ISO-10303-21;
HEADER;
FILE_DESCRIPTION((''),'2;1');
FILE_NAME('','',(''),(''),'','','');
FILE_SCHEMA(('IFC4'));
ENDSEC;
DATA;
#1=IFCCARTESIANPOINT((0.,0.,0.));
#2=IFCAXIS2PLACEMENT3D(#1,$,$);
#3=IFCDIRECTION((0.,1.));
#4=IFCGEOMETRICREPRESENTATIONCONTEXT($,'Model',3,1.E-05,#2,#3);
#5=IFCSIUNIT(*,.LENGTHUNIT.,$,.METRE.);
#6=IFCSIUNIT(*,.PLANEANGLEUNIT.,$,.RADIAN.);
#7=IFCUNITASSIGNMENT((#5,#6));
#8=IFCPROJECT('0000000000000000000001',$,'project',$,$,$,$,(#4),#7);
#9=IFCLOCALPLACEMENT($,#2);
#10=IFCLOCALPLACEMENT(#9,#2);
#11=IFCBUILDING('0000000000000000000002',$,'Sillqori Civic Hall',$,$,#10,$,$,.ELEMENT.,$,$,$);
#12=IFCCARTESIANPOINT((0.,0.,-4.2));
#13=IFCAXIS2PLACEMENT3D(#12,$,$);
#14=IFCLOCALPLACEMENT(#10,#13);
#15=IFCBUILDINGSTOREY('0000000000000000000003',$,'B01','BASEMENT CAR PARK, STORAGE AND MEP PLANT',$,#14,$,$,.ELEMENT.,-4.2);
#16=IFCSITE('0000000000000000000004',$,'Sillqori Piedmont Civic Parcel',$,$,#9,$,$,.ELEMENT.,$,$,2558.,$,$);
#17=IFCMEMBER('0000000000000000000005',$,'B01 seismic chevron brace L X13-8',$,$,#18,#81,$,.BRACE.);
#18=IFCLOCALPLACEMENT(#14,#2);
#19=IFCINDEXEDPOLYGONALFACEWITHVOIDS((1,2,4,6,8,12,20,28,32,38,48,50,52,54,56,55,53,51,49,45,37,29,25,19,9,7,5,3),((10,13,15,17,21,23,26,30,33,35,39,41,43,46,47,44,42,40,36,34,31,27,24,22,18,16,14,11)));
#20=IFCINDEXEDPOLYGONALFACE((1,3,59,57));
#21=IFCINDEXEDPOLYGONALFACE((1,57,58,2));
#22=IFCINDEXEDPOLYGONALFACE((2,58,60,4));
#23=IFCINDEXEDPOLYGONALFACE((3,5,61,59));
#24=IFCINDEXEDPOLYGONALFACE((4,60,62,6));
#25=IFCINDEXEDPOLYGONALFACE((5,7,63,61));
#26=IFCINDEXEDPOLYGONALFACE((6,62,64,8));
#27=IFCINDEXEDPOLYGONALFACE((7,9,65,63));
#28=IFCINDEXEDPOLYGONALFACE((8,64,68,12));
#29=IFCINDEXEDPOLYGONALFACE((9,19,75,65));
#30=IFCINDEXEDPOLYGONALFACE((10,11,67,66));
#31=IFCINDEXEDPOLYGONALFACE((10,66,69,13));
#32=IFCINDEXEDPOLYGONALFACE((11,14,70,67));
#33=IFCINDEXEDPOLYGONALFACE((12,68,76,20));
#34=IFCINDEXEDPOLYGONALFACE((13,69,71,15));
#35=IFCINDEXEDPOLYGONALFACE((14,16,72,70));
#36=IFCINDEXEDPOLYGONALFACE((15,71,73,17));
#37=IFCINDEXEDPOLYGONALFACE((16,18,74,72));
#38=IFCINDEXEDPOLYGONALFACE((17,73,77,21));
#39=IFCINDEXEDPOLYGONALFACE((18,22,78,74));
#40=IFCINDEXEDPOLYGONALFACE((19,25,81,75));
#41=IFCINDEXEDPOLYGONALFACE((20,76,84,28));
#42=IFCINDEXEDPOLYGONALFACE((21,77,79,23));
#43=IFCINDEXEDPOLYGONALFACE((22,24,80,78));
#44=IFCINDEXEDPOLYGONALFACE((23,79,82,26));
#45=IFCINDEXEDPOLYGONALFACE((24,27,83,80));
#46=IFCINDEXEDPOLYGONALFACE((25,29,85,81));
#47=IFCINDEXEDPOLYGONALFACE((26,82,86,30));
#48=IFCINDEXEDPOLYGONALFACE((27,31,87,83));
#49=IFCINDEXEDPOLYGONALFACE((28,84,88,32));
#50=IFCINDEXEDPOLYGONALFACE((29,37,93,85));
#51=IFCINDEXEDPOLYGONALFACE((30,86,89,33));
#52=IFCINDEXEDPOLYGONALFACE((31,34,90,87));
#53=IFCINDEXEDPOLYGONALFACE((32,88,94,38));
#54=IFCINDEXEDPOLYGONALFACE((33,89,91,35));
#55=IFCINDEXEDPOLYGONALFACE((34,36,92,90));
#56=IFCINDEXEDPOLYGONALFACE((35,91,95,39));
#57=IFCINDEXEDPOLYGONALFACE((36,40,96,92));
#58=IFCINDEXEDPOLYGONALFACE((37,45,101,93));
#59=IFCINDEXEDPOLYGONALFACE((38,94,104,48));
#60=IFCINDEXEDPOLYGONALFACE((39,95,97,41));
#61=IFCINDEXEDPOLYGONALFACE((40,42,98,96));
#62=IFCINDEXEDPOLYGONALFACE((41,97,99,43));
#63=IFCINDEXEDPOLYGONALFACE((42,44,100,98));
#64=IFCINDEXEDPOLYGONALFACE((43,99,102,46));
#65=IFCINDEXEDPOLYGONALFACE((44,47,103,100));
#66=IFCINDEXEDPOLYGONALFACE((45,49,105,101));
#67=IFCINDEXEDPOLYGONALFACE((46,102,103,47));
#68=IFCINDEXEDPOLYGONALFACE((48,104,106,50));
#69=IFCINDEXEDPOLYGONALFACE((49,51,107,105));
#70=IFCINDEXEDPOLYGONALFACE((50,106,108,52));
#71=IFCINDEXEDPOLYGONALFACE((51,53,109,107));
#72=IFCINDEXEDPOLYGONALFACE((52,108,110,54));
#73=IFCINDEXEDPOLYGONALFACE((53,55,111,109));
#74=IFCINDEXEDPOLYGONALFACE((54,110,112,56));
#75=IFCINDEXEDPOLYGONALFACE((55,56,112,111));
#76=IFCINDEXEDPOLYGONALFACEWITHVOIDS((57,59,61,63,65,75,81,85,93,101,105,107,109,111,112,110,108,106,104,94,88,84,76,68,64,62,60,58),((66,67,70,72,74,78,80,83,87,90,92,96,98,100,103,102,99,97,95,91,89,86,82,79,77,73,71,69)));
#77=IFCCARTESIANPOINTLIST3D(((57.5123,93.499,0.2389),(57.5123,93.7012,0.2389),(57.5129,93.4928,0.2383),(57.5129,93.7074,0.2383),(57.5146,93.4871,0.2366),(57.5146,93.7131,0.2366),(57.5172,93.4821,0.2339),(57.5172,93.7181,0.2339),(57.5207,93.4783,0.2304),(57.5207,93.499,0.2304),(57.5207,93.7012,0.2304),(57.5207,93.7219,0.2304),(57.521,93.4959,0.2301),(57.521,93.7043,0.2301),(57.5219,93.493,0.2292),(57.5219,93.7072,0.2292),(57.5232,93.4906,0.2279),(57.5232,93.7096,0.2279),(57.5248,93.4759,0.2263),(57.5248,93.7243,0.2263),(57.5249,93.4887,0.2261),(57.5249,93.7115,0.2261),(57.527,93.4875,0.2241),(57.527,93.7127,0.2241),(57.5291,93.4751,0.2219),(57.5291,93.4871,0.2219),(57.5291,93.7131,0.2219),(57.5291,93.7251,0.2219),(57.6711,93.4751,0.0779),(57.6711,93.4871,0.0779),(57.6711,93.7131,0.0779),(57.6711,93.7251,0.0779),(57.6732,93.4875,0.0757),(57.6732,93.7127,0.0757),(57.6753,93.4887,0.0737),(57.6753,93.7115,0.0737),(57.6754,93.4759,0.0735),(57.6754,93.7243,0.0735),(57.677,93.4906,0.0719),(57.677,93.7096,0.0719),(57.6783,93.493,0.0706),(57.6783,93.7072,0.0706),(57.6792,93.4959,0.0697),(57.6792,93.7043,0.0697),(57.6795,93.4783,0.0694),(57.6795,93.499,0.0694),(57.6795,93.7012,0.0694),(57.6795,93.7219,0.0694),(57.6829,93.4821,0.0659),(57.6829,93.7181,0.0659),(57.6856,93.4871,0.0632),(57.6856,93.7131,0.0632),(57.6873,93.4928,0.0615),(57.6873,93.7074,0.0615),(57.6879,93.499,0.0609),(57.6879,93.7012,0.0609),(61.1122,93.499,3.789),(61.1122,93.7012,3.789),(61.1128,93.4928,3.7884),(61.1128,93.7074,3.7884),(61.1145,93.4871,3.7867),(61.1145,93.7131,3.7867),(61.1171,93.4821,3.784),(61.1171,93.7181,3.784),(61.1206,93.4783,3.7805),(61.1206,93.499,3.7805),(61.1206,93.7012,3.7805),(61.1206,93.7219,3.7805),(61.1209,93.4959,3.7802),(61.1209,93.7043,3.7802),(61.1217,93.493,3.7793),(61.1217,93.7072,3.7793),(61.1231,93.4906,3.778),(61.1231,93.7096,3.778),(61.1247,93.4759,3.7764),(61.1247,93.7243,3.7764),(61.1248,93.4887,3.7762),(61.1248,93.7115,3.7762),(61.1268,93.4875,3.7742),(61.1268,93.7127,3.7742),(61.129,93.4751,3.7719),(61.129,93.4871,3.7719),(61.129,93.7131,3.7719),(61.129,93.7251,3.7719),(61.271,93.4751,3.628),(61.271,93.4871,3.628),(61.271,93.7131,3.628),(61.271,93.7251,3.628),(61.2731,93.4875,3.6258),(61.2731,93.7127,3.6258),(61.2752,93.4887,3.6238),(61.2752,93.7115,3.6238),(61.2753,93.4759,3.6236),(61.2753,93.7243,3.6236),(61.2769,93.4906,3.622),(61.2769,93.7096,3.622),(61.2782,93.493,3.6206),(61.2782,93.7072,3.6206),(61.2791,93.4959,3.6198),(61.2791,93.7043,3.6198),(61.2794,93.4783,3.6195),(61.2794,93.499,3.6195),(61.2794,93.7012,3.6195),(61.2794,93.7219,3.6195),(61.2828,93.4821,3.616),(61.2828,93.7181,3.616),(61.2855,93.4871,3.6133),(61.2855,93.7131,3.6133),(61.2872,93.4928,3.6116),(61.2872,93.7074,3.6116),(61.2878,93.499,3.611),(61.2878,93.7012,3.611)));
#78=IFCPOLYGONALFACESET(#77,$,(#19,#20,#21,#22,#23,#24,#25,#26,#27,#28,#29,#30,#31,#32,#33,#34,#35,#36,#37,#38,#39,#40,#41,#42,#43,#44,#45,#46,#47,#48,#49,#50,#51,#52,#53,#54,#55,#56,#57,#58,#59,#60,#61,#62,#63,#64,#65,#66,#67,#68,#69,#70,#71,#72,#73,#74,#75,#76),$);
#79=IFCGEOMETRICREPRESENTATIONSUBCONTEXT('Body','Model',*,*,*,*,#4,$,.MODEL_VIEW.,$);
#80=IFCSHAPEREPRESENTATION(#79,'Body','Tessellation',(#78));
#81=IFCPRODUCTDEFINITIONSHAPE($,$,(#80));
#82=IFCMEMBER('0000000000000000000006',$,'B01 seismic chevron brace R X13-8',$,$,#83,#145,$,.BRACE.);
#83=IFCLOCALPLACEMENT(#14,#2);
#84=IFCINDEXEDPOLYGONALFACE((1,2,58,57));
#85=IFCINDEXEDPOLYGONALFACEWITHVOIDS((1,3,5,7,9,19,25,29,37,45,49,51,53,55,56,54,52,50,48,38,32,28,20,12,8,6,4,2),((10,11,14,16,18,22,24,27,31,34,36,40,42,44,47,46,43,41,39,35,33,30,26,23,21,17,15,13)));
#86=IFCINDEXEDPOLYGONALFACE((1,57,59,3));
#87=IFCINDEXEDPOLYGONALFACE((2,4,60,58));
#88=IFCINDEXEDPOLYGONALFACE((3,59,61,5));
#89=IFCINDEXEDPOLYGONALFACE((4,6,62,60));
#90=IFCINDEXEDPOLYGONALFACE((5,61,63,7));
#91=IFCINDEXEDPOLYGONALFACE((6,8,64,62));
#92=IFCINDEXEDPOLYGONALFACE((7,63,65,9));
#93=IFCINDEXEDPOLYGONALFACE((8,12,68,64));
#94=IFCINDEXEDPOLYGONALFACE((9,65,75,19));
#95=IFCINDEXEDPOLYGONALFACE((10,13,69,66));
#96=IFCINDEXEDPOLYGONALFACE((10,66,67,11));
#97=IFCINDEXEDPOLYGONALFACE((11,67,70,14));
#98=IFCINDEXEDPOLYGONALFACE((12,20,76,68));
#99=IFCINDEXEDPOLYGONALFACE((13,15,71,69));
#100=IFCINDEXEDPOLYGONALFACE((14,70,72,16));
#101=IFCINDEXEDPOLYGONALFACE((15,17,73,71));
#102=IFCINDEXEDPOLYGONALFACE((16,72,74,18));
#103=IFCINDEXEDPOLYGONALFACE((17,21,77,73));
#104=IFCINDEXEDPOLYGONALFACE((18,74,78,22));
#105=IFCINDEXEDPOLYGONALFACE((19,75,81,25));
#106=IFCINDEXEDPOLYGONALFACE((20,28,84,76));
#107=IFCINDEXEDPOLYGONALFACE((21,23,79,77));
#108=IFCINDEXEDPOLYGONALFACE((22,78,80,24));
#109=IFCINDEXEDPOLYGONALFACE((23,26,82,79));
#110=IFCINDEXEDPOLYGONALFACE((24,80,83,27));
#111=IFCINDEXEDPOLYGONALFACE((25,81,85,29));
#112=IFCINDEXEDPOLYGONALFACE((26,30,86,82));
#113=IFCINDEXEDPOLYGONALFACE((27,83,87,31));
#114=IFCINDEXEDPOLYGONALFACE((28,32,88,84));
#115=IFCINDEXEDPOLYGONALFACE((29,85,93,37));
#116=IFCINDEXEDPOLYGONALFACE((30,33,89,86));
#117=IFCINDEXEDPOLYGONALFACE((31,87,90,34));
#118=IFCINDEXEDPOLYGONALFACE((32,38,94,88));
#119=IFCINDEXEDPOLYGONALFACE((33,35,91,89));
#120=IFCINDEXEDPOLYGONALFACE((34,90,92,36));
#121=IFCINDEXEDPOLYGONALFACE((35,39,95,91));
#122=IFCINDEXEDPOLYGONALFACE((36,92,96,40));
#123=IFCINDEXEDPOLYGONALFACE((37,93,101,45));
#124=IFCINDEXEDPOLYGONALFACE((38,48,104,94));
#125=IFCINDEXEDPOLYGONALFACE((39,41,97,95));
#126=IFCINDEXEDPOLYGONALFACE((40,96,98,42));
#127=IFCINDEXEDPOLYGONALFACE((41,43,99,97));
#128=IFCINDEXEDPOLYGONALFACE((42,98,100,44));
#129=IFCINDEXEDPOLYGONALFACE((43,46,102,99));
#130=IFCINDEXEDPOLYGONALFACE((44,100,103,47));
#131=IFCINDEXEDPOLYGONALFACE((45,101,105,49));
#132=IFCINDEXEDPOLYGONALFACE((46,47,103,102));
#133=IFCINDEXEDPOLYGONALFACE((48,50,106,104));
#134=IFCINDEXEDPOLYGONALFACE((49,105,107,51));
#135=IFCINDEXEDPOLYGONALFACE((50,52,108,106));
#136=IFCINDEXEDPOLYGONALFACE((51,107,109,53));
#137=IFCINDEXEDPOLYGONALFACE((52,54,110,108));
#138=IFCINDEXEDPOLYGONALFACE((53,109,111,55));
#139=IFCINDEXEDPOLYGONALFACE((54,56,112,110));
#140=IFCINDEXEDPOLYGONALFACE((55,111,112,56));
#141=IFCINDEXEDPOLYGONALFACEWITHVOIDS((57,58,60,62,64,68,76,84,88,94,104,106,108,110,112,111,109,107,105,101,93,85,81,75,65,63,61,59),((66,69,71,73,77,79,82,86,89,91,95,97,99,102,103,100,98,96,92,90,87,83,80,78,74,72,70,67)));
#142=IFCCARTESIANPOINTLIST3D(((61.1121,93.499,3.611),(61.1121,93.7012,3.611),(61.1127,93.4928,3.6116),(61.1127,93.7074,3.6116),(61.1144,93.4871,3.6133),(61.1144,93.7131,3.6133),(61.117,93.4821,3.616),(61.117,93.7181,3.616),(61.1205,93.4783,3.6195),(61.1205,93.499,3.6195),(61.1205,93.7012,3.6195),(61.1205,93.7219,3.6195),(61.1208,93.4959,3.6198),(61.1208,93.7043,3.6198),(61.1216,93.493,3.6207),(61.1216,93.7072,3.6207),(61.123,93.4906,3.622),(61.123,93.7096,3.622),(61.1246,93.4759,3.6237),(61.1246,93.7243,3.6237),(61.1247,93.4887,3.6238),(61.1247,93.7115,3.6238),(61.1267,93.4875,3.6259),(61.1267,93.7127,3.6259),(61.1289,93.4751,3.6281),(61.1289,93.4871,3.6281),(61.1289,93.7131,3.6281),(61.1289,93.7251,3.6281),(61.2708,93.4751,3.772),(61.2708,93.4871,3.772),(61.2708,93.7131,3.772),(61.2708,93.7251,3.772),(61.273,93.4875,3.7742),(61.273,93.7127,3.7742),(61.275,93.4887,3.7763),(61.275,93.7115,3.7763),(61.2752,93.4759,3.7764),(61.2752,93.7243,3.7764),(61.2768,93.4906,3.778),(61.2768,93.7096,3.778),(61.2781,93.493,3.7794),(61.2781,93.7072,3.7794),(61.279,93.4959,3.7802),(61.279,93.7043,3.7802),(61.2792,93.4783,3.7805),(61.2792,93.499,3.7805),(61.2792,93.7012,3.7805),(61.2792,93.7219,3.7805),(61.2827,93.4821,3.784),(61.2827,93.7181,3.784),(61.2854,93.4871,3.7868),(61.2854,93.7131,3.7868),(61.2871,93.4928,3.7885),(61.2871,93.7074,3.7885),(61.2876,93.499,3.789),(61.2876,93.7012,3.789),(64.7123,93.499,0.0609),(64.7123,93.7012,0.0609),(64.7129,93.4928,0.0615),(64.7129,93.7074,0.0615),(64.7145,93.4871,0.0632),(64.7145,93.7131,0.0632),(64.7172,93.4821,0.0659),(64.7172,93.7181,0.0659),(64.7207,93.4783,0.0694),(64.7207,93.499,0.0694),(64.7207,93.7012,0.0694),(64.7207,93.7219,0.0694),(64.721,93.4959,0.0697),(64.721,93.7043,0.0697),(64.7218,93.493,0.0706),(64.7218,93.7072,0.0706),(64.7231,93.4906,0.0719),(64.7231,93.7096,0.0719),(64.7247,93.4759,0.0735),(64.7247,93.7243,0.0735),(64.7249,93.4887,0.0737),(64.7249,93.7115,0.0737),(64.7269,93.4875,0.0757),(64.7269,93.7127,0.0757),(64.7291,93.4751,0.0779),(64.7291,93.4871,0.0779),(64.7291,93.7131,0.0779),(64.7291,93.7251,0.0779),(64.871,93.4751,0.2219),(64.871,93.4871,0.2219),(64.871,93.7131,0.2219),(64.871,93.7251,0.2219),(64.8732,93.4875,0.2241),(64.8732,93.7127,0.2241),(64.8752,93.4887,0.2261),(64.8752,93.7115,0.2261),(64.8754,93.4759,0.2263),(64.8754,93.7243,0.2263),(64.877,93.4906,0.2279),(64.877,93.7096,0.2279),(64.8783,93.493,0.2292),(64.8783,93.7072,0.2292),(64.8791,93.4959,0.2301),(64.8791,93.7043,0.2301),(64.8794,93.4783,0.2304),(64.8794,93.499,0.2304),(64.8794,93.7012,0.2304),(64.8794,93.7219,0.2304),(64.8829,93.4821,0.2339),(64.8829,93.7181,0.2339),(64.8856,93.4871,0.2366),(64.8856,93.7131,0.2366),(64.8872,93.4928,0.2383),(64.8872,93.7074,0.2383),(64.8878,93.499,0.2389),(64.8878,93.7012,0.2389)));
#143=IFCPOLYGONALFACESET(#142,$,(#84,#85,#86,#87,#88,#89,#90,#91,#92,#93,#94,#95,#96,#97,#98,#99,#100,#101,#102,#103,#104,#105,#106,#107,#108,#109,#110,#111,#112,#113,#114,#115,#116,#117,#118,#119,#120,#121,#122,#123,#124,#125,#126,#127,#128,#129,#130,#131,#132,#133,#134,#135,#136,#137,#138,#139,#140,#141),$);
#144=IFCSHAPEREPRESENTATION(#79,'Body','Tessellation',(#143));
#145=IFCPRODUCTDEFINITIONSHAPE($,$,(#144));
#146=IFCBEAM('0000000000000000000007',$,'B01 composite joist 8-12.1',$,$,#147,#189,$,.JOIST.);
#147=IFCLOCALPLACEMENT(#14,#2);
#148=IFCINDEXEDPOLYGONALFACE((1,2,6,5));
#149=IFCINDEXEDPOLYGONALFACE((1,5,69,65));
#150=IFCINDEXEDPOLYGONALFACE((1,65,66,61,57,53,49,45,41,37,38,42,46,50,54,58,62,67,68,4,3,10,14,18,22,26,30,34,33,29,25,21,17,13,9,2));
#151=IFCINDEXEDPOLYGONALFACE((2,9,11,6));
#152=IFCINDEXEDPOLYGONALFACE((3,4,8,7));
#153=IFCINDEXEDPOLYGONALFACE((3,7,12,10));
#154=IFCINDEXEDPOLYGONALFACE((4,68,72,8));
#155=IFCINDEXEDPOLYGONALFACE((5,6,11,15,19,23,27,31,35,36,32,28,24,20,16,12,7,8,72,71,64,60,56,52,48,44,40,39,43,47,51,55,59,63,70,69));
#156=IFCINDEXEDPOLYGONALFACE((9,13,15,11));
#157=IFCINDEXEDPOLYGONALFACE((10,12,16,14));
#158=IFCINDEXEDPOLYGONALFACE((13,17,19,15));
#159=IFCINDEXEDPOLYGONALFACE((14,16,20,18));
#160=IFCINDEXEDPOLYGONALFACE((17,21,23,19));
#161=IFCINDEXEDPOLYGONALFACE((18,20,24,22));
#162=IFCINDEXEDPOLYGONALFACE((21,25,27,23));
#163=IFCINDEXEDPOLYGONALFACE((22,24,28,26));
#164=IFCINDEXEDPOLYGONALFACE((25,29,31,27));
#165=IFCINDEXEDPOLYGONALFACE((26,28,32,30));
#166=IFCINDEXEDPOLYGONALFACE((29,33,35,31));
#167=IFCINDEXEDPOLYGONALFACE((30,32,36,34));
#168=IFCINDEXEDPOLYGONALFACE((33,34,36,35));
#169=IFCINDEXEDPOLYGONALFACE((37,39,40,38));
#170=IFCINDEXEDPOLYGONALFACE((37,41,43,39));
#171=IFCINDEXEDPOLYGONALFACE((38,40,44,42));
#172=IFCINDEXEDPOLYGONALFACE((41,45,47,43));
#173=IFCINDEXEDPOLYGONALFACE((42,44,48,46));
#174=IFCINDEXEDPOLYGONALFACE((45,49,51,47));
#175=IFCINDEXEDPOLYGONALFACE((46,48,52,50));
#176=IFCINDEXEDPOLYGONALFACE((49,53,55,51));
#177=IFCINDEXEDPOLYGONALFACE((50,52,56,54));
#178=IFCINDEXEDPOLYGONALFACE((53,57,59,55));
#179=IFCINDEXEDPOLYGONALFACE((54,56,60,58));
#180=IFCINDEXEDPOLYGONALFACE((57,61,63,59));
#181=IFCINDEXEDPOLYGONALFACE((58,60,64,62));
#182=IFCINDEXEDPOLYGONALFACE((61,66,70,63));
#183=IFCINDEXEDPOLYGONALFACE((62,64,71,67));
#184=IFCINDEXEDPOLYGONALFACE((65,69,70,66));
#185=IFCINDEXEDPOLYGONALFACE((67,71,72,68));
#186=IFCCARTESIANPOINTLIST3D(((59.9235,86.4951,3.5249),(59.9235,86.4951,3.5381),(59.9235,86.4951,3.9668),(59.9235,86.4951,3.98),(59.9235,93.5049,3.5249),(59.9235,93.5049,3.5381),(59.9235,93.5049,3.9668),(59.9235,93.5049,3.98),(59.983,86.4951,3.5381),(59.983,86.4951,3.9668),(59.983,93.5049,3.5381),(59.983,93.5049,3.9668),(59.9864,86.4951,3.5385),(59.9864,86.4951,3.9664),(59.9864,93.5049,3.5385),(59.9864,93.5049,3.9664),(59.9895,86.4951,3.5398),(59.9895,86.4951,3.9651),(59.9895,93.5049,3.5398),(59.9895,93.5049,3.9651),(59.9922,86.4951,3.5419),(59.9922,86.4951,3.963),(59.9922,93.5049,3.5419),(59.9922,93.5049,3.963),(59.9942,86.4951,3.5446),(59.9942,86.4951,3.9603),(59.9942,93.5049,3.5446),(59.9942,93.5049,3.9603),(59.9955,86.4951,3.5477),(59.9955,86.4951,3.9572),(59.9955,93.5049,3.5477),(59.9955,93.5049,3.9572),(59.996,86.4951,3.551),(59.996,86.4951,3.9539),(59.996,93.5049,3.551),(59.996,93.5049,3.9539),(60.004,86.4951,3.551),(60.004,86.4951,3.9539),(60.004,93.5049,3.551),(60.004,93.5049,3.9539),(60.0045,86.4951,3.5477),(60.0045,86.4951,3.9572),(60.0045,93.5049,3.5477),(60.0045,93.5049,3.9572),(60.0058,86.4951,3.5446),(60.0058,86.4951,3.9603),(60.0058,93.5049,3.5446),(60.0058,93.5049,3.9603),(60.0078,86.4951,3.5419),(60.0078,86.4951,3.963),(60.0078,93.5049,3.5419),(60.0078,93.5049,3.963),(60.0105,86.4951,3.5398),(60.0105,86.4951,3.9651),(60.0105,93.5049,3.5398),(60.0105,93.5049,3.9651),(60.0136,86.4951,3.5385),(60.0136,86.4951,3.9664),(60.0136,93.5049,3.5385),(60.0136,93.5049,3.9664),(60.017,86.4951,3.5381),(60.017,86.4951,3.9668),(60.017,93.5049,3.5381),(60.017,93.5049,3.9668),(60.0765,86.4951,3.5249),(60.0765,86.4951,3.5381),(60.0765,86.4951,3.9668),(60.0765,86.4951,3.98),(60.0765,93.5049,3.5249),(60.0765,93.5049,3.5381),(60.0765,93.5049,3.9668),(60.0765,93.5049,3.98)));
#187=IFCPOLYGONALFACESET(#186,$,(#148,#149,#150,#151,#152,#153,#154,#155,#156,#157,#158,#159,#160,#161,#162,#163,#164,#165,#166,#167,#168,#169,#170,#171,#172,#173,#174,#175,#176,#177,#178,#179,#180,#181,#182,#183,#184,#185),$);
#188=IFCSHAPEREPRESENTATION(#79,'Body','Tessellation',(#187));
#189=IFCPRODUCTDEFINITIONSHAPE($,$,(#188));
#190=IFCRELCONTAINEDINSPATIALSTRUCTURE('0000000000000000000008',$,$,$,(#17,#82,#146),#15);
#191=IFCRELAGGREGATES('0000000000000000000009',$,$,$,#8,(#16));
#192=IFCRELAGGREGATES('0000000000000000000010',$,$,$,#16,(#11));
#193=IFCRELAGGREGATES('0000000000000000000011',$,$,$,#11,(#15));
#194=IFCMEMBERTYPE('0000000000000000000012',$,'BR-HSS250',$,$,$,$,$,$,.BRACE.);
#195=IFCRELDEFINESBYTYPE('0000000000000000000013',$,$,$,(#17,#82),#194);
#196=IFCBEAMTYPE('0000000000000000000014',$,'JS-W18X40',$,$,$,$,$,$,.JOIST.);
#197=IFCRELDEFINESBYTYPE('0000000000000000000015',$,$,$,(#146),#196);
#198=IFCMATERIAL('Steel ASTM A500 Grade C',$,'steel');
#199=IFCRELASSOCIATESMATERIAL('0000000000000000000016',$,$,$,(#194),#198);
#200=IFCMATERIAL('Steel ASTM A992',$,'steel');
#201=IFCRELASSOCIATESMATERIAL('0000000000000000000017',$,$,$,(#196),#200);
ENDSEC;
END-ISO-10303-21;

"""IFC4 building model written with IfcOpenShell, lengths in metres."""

from ifc_helpers import new_model, si_unit, direction, frame, origin, origin_2d, place, context, subcontext, project, spatial, hollow_rectangle, i_section, extrude, material, material_profile, profile_set, type_object, element, save


model = new_model("IFC4")

# Units and contexts
model_context = context("Model", 3, precision=1e-05, world=origin(), true_north=direction((0.0, 1.0)))
body_context = subcontext(model_context, "Body", "Model", "MODEL_VIEW")
ifc_project = project(units=[si_unit("LENGTHUNIT", "METRE"), si_unit("PLANEANGLEUNIT", "RADIAN")], contexts=[model_context])

# Site, building, storey
site_placement = place(None, origin())
site = spatial("IfcSite", under=ifc_project, at=site_placement, Name="Sillqori Piedmont Civic Parcel", CompositionType="ELEMENT", RefElevation=2558.0)
building_placement = place(site_placement, origin())
building = spatial("IfcBuilding", under=site, at=building_placement, Name="Sillqori Civic Hall", CompositionType="ELEMENT")
storey_placement = place(building_placement, frame((0.0, 0.0, -4.2)))
storey = spatial("IfcBuildingStorey", under=building, at=storey_placement, Name="B01", Description="BASEMENT CAR PARK, STORAGE AND MEP PLANT", CompositionType="ELEMENT", Elevation=-4.2)

# Shared definitions
ifc_material_1 = material(Name="Steel ASTM A992", Category="steel")

# Members
ifc_material_2 = material(Name="Steel ASTM A500 Grade C", Category="steel")
ifc_material_profile_1 = material_profile(ifc_material_2, hollow_rectangle(XDim=0.25, YDim=0.25, WallThickness=0.012, InnerFilletRadius=0.012, OuterFilletRadius=0.0239, at=origin_2d()), Name="HSS250X250X12")
ifc_profile_set_1 = profile_set([ifc_material_profile_1], Name="Steel ASTM A500 Grade C")
member_type = type_object("IfcMemberType", Name="BR-HSS250", PredefinedType="BRACE", material=ifc_profile_set_1)
member_1_placement = place(storey_placement, frame((57.6001, 93.6001, 0.1499), z_axis=(0.712015, 0.0, 0.702164), x_axis=(0.0, 1.0, 0.0)))
element("IfcMember", 1, at=member_1_placement, inside=storey, type_object=member_type, Name="B01 seismic chevron brace L X13-8", PredefinedType="BRACE", context=body_context, shape_type="SweptSolid", body=[
    extrude(hollow_rectangle(XDim=0.25, YDim=0.25, WallThickness=0.012, InnerFilletRadius=0.012, OuterFilletRadius=0.0239, at=origin_2d()), origin(), (0.0, 0.0, 1.0), 5.0559),
])
member_2_placement = place(storey_placement, frame((64.8, 93.6001, 0.1499), z_axis=(-0.712039, 0.0, 0.70214), x_axis=(0.0, -1.0, 0.0)))
element("IfcMember", 2, at=member_2_placement, inside=storey, type_object=member_type, Name="B01 seismic chevron brace R X13-8", PredefinedType="BRACE", context=body_context, shape_type="SweptSolid", body=[
    extrude(hollow_rectangle(XDim=0.25, YDim=0.25, WallThickness=0.012, InnerFilletRadius=0.012, OuterFilletRadius=0.0239, at=origin_2d()), origin(), (0.0, 0.0, 1.0), 5.0562),
])

# Beam
ifc_material_profile_2 = material_profile(ifc_material_1, i_section(OverallWidth=0.1531, OverallDepth=0.4551, WebThickness=0.0081, FlangeThickness=0.0132, FilletRadius=0.0129, at=origin_2d()), Name="W18X40")
ifc_profile_set_2 = profile_set([ifc_material_profile_2], Name="Steel ASTM A992")
beam_type_1 = type_object("IfcBeamType", Name="JS-W18X40", PredefinedType="JOIST", material=ifc_profile_set_2)
for number, where, z_axis, x_axis, name in (
    (3, (60.0, 86.4951, 3.7524), (0.0, 1.0, 0.0), (-1.0, 0.0, 0.0), "B01 composite joist 8-12.1"),
):
    element("IfcBeam", number, at=place(storey_placement, frame(where, z_axis=z_axis, x_axis=x_axis)), inside=storey, type_object=beam_type_1, Name=name, PredefinedType="JOIST", context=body_context, shape_type="SweptSolid", body=[
        extrude(i_section(OverallWidth=0.1531, OverallDepth=0.4551, WebThickness=0.0081, FlangeThickness=0.0132, FilletRadius=0.0129, at=origin_2d()), origin(), (0.0, 0.0, 1.0), 7.0098),
    ])

save(model, "model.ifc")
